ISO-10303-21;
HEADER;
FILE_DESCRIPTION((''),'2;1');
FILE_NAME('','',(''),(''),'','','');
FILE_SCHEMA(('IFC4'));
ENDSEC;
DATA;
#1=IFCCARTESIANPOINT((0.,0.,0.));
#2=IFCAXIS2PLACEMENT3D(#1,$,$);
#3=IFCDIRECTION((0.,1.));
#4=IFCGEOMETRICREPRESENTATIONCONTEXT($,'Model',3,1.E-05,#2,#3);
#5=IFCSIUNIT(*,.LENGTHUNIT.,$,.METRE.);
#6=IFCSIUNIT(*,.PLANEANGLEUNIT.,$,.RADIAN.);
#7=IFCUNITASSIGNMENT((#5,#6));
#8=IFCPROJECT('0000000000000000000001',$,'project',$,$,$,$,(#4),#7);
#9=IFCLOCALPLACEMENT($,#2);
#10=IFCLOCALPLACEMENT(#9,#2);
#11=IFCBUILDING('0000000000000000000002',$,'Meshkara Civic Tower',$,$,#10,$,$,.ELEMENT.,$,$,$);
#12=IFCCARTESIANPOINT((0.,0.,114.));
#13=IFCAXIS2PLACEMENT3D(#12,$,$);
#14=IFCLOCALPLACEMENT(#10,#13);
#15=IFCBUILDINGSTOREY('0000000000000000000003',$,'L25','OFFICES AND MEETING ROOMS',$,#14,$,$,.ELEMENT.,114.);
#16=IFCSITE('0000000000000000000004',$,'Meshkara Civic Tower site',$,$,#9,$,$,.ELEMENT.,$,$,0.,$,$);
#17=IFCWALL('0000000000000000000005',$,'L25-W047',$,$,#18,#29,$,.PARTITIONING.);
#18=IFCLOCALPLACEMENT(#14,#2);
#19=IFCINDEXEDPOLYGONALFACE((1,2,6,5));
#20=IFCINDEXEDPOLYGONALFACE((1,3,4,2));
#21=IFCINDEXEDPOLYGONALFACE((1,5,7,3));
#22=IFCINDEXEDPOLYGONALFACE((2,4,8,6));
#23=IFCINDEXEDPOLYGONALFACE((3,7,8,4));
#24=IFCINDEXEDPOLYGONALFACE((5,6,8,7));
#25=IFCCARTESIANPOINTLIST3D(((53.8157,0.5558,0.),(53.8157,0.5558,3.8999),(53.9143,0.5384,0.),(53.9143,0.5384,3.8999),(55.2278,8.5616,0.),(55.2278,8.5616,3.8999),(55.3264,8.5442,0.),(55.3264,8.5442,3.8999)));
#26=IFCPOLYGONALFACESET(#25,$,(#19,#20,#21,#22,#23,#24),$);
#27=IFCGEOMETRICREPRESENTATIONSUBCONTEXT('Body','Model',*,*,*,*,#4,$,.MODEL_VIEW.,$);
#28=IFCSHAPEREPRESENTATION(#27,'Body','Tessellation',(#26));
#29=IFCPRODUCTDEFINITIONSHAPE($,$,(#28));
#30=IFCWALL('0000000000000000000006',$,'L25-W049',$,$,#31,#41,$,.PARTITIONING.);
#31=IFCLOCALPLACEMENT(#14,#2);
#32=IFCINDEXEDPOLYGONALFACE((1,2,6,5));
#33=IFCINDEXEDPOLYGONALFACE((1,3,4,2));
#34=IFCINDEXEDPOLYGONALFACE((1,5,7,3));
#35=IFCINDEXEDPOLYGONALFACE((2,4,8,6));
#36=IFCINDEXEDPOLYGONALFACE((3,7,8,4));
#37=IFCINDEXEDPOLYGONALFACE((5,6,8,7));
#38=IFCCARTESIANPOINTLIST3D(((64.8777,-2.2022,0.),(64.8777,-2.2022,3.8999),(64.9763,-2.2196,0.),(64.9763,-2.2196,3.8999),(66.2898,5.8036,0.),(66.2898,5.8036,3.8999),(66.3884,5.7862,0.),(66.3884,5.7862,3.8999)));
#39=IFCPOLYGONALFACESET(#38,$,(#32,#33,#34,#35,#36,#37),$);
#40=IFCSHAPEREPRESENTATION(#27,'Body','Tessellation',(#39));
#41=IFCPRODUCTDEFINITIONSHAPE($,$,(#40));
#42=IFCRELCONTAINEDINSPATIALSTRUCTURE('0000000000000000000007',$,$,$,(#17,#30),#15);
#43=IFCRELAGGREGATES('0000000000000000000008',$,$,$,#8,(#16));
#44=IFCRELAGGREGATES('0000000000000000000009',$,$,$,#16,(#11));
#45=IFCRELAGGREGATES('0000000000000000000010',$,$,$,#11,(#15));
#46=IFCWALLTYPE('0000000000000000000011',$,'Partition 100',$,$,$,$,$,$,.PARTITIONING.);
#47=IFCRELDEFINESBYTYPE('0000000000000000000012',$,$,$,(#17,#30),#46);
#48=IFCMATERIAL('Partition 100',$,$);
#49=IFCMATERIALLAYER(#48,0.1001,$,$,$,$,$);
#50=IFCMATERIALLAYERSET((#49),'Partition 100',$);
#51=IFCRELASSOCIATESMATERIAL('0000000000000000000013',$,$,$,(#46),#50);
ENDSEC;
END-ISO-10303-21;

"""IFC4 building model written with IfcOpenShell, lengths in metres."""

from ifc_helpers import new_model, si_unit, direction, frame, frame_2d, origin, place, context, subcontext, project, spatial, rectangle, extrude, material, layer, layer_set, type_object, element, save


model = new_model("IFC4")

# Units and contexts
model_context = context("Model", 3, precision=1e-05, world=origin(), true_north=direction((0.0, 1.0)))
body_context = subcontext(model_context, "Body", "Model", "MODEL_VIEW")
ifc_project = project(units=[si_unit("LENGTHUNIT", "METRE"), si_unit("PLANEANGLEUNIT", "RADIAN")], contexts=[model_context])

# Site, building, storey
site_placement = place(None, origin())
site = spatial("IfcSite", under=ifc_project, at=site_placement, Name="Meshkara Civic Tower site", CompositionType="ELEMENT", RefElevation=0.0)
building_placement = place(site_placement, origin())
building = spatial("IfcBuilding", under=site, at=building_placement, Name="Meshkara Civic Tower", CompositionType="ELEMENT")
storey_placement = place(building_placement, frame((0.0, 0.0, 114.0)))
storey = spatial("IfcBuildingStorey", under=building, at=storey_placement, Name="L25", Description="OFFICES AND MEETING ROOMS", CompositionType="ELEMENT", Elevation=114.0)

# Walls
ifc_material_1 = material(Name="Partition 100")
ifc_layer_1 = layer(ifc_material_1, 0.1001)
ifc_layer_set_1 = layer_set([ifc_layer_1], Name="Partition 100")
wall_type_1 = type_object("IfcWallType", Name="Partition 100", PredefinedType="PARTITIONING", material=ifc_layer_set_1)
for number, where, z_axis, x_axis, name in (
    (1, (53.865, 0.5471, 0.0), (0.0, 0.0, 1.0), (0.173703, 0.984798, 0.0), "L25-W047"),
    (2, (64.927, -2.2109, 0.0), (0.0, 0.0, 1.0), (0.173703, 0.984798, 0.0), "L25-W049"),
):
    element("IfcWall", number, at=place(storey_placement, frame(where, z_axis=z_axis, x_axis=x_axis)), inside=storey, type_object=wall_type_1, Name=name, PredefinedType="PARTITIONING", context=body_context, shape_type="SweptSolid", body=[
        extrude(rectangle(XDim=8.1294, YDim=0.1001, at=frame_2d((4.0647, 0.0))), origin(), (0.0, 0.0, 1.0), 3.8999),
    ])

save(model, "model.ifc")
